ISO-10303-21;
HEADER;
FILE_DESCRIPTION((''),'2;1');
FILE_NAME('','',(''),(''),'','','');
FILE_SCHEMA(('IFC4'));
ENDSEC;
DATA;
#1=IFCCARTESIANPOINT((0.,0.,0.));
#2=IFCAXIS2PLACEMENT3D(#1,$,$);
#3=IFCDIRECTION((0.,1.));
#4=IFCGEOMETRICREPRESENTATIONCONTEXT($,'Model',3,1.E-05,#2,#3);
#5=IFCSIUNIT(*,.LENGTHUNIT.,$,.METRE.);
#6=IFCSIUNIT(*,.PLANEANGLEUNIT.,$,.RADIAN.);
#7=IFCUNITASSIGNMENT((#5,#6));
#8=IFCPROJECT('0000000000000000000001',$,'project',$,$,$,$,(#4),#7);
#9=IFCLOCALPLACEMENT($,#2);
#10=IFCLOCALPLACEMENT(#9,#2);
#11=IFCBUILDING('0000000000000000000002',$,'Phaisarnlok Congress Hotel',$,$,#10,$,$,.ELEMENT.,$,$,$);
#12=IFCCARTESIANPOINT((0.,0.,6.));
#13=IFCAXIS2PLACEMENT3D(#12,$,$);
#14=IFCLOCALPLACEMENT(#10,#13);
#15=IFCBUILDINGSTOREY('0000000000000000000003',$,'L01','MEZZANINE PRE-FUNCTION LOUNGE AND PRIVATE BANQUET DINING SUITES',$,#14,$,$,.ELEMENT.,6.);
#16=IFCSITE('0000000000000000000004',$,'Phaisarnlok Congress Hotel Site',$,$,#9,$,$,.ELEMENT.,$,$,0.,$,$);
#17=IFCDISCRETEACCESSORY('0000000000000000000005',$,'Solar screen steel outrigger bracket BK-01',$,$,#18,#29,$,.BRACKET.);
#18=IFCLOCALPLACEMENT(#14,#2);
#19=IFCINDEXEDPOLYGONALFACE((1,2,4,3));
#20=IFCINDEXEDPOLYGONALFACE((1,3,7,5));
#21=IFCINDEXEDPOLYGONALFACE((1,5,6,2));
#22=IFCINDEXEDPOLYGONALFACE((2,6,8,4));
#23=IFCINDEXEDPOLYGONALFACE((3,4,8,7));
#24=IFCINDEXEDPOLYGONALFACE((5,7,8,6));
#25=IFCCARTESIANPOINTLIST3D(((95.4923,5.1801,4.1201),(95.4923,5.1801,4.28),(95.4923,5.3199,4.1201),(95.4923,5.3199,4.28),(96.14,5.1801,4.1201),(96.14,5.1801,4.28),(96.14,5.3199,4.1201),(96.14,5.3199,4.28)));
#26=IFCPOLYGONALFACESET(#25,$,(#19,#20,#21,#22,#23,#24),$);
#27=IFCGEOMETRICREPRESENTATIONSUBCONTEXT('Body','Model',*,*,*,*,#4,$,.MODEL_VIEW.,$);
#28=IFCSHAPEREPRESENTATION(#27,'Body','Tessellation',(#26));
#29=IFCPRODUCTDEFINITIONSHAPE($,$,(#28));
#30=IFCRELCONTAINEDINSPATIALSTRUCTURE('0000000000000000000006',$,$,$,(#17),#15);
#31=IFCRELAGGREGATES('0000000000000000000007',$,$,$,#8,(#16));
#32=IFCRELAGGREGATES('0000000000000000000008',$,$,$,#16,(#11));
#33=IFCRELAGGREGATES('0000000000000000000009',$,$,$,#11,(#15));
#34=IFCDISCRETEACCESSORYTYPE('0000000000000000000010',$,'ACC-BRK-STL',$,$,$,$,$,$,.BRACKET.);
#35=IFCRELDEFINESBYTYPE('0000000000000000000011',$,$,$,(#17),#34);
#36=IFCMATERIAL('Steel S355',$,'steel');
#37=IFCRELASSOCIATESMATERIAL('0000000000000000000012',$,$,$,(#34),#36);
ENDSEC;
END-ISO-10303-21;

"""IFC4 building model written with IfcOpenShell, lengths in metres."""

from ifc_helpers import new_model, si_unit, direction, frame, origin, origin_2d, place, context, subcontext, project, spatial, rectangle, extrude, material, type_object, element, save


model = new_model("IFC4")

# Units and contexts
model_context = context("Model", 3, precision=1e-05, world=origin(), true_north=direction((0.0, 1.0)))
body_context = subcontext(model_context, "Body", "Model", "MODEL_VIEW")
ifc_project = project(units=[si_unit("LENGTHUNIT", "METRE"), si_unit("PLANEANGLEUNIT", "RADIAN")], contexts=[model_context])

# Site, building, storey
site_placement = place(None, origin())
site = spatial("IfcSite", under=ifc_project, at=site_placement, Name="Phaisarnlok Congress Hotel Site", CompositionType="ELEMENT", RefElevation=0.0)
building_placement = place(site_placement, origin())
building = spatial("IfcBuilding", under=site, at=building_placement, Name="Phaisarnlok Congress Hotel", CompositionType="ELEMENT")
storey_placement = place(building_placement, frame((0.0, 0.0, 6.0)))
storey = spatial("IfcBuildingStorey", under=building, at=storey_placement, Name="L01", Description="MEZZANINE PRE-FUNCTION LOUNGE AND PRIVATE BANQUET DINING SUITES", CompositionType="ELEMENT", Elevation=6.0)

# Discrete accessory
ifc_material_1 = material(Name="Steel S355", Category="steel")
discrete_accessory_type = type_object("IfcDiscreteAccessoryType", Name="ACC-BRK-STL", PredefinedType="BRACKET", material=ifc_material_1)
for number, where, z_axis, x_axis, name in (
    (1, (95.8162, 5.25, 4.1201), (0.0, 0.0, 1.0), (1.0, 0.0, 0.0), "Solar screen steel outrigger bracket BK-01"),
):
    element("IfcDiscreteAccessory", number, at=place(storey_placement, frame(where, z_axis=z_axis, x_axis=x_axis)), inside=storey, type_object=discrete_accessory_type, Name=name, PredefinedType="BRACKET", context=body_context, shape_type="SweptSolid", body=[
        extrude(rectangle(XDim=0.6477, YDim=0.1399, at=origin_2d()), origin(), (0.0, 0.0, 1.0), 0.1599),
    ])

save(model, "model.ifc")
